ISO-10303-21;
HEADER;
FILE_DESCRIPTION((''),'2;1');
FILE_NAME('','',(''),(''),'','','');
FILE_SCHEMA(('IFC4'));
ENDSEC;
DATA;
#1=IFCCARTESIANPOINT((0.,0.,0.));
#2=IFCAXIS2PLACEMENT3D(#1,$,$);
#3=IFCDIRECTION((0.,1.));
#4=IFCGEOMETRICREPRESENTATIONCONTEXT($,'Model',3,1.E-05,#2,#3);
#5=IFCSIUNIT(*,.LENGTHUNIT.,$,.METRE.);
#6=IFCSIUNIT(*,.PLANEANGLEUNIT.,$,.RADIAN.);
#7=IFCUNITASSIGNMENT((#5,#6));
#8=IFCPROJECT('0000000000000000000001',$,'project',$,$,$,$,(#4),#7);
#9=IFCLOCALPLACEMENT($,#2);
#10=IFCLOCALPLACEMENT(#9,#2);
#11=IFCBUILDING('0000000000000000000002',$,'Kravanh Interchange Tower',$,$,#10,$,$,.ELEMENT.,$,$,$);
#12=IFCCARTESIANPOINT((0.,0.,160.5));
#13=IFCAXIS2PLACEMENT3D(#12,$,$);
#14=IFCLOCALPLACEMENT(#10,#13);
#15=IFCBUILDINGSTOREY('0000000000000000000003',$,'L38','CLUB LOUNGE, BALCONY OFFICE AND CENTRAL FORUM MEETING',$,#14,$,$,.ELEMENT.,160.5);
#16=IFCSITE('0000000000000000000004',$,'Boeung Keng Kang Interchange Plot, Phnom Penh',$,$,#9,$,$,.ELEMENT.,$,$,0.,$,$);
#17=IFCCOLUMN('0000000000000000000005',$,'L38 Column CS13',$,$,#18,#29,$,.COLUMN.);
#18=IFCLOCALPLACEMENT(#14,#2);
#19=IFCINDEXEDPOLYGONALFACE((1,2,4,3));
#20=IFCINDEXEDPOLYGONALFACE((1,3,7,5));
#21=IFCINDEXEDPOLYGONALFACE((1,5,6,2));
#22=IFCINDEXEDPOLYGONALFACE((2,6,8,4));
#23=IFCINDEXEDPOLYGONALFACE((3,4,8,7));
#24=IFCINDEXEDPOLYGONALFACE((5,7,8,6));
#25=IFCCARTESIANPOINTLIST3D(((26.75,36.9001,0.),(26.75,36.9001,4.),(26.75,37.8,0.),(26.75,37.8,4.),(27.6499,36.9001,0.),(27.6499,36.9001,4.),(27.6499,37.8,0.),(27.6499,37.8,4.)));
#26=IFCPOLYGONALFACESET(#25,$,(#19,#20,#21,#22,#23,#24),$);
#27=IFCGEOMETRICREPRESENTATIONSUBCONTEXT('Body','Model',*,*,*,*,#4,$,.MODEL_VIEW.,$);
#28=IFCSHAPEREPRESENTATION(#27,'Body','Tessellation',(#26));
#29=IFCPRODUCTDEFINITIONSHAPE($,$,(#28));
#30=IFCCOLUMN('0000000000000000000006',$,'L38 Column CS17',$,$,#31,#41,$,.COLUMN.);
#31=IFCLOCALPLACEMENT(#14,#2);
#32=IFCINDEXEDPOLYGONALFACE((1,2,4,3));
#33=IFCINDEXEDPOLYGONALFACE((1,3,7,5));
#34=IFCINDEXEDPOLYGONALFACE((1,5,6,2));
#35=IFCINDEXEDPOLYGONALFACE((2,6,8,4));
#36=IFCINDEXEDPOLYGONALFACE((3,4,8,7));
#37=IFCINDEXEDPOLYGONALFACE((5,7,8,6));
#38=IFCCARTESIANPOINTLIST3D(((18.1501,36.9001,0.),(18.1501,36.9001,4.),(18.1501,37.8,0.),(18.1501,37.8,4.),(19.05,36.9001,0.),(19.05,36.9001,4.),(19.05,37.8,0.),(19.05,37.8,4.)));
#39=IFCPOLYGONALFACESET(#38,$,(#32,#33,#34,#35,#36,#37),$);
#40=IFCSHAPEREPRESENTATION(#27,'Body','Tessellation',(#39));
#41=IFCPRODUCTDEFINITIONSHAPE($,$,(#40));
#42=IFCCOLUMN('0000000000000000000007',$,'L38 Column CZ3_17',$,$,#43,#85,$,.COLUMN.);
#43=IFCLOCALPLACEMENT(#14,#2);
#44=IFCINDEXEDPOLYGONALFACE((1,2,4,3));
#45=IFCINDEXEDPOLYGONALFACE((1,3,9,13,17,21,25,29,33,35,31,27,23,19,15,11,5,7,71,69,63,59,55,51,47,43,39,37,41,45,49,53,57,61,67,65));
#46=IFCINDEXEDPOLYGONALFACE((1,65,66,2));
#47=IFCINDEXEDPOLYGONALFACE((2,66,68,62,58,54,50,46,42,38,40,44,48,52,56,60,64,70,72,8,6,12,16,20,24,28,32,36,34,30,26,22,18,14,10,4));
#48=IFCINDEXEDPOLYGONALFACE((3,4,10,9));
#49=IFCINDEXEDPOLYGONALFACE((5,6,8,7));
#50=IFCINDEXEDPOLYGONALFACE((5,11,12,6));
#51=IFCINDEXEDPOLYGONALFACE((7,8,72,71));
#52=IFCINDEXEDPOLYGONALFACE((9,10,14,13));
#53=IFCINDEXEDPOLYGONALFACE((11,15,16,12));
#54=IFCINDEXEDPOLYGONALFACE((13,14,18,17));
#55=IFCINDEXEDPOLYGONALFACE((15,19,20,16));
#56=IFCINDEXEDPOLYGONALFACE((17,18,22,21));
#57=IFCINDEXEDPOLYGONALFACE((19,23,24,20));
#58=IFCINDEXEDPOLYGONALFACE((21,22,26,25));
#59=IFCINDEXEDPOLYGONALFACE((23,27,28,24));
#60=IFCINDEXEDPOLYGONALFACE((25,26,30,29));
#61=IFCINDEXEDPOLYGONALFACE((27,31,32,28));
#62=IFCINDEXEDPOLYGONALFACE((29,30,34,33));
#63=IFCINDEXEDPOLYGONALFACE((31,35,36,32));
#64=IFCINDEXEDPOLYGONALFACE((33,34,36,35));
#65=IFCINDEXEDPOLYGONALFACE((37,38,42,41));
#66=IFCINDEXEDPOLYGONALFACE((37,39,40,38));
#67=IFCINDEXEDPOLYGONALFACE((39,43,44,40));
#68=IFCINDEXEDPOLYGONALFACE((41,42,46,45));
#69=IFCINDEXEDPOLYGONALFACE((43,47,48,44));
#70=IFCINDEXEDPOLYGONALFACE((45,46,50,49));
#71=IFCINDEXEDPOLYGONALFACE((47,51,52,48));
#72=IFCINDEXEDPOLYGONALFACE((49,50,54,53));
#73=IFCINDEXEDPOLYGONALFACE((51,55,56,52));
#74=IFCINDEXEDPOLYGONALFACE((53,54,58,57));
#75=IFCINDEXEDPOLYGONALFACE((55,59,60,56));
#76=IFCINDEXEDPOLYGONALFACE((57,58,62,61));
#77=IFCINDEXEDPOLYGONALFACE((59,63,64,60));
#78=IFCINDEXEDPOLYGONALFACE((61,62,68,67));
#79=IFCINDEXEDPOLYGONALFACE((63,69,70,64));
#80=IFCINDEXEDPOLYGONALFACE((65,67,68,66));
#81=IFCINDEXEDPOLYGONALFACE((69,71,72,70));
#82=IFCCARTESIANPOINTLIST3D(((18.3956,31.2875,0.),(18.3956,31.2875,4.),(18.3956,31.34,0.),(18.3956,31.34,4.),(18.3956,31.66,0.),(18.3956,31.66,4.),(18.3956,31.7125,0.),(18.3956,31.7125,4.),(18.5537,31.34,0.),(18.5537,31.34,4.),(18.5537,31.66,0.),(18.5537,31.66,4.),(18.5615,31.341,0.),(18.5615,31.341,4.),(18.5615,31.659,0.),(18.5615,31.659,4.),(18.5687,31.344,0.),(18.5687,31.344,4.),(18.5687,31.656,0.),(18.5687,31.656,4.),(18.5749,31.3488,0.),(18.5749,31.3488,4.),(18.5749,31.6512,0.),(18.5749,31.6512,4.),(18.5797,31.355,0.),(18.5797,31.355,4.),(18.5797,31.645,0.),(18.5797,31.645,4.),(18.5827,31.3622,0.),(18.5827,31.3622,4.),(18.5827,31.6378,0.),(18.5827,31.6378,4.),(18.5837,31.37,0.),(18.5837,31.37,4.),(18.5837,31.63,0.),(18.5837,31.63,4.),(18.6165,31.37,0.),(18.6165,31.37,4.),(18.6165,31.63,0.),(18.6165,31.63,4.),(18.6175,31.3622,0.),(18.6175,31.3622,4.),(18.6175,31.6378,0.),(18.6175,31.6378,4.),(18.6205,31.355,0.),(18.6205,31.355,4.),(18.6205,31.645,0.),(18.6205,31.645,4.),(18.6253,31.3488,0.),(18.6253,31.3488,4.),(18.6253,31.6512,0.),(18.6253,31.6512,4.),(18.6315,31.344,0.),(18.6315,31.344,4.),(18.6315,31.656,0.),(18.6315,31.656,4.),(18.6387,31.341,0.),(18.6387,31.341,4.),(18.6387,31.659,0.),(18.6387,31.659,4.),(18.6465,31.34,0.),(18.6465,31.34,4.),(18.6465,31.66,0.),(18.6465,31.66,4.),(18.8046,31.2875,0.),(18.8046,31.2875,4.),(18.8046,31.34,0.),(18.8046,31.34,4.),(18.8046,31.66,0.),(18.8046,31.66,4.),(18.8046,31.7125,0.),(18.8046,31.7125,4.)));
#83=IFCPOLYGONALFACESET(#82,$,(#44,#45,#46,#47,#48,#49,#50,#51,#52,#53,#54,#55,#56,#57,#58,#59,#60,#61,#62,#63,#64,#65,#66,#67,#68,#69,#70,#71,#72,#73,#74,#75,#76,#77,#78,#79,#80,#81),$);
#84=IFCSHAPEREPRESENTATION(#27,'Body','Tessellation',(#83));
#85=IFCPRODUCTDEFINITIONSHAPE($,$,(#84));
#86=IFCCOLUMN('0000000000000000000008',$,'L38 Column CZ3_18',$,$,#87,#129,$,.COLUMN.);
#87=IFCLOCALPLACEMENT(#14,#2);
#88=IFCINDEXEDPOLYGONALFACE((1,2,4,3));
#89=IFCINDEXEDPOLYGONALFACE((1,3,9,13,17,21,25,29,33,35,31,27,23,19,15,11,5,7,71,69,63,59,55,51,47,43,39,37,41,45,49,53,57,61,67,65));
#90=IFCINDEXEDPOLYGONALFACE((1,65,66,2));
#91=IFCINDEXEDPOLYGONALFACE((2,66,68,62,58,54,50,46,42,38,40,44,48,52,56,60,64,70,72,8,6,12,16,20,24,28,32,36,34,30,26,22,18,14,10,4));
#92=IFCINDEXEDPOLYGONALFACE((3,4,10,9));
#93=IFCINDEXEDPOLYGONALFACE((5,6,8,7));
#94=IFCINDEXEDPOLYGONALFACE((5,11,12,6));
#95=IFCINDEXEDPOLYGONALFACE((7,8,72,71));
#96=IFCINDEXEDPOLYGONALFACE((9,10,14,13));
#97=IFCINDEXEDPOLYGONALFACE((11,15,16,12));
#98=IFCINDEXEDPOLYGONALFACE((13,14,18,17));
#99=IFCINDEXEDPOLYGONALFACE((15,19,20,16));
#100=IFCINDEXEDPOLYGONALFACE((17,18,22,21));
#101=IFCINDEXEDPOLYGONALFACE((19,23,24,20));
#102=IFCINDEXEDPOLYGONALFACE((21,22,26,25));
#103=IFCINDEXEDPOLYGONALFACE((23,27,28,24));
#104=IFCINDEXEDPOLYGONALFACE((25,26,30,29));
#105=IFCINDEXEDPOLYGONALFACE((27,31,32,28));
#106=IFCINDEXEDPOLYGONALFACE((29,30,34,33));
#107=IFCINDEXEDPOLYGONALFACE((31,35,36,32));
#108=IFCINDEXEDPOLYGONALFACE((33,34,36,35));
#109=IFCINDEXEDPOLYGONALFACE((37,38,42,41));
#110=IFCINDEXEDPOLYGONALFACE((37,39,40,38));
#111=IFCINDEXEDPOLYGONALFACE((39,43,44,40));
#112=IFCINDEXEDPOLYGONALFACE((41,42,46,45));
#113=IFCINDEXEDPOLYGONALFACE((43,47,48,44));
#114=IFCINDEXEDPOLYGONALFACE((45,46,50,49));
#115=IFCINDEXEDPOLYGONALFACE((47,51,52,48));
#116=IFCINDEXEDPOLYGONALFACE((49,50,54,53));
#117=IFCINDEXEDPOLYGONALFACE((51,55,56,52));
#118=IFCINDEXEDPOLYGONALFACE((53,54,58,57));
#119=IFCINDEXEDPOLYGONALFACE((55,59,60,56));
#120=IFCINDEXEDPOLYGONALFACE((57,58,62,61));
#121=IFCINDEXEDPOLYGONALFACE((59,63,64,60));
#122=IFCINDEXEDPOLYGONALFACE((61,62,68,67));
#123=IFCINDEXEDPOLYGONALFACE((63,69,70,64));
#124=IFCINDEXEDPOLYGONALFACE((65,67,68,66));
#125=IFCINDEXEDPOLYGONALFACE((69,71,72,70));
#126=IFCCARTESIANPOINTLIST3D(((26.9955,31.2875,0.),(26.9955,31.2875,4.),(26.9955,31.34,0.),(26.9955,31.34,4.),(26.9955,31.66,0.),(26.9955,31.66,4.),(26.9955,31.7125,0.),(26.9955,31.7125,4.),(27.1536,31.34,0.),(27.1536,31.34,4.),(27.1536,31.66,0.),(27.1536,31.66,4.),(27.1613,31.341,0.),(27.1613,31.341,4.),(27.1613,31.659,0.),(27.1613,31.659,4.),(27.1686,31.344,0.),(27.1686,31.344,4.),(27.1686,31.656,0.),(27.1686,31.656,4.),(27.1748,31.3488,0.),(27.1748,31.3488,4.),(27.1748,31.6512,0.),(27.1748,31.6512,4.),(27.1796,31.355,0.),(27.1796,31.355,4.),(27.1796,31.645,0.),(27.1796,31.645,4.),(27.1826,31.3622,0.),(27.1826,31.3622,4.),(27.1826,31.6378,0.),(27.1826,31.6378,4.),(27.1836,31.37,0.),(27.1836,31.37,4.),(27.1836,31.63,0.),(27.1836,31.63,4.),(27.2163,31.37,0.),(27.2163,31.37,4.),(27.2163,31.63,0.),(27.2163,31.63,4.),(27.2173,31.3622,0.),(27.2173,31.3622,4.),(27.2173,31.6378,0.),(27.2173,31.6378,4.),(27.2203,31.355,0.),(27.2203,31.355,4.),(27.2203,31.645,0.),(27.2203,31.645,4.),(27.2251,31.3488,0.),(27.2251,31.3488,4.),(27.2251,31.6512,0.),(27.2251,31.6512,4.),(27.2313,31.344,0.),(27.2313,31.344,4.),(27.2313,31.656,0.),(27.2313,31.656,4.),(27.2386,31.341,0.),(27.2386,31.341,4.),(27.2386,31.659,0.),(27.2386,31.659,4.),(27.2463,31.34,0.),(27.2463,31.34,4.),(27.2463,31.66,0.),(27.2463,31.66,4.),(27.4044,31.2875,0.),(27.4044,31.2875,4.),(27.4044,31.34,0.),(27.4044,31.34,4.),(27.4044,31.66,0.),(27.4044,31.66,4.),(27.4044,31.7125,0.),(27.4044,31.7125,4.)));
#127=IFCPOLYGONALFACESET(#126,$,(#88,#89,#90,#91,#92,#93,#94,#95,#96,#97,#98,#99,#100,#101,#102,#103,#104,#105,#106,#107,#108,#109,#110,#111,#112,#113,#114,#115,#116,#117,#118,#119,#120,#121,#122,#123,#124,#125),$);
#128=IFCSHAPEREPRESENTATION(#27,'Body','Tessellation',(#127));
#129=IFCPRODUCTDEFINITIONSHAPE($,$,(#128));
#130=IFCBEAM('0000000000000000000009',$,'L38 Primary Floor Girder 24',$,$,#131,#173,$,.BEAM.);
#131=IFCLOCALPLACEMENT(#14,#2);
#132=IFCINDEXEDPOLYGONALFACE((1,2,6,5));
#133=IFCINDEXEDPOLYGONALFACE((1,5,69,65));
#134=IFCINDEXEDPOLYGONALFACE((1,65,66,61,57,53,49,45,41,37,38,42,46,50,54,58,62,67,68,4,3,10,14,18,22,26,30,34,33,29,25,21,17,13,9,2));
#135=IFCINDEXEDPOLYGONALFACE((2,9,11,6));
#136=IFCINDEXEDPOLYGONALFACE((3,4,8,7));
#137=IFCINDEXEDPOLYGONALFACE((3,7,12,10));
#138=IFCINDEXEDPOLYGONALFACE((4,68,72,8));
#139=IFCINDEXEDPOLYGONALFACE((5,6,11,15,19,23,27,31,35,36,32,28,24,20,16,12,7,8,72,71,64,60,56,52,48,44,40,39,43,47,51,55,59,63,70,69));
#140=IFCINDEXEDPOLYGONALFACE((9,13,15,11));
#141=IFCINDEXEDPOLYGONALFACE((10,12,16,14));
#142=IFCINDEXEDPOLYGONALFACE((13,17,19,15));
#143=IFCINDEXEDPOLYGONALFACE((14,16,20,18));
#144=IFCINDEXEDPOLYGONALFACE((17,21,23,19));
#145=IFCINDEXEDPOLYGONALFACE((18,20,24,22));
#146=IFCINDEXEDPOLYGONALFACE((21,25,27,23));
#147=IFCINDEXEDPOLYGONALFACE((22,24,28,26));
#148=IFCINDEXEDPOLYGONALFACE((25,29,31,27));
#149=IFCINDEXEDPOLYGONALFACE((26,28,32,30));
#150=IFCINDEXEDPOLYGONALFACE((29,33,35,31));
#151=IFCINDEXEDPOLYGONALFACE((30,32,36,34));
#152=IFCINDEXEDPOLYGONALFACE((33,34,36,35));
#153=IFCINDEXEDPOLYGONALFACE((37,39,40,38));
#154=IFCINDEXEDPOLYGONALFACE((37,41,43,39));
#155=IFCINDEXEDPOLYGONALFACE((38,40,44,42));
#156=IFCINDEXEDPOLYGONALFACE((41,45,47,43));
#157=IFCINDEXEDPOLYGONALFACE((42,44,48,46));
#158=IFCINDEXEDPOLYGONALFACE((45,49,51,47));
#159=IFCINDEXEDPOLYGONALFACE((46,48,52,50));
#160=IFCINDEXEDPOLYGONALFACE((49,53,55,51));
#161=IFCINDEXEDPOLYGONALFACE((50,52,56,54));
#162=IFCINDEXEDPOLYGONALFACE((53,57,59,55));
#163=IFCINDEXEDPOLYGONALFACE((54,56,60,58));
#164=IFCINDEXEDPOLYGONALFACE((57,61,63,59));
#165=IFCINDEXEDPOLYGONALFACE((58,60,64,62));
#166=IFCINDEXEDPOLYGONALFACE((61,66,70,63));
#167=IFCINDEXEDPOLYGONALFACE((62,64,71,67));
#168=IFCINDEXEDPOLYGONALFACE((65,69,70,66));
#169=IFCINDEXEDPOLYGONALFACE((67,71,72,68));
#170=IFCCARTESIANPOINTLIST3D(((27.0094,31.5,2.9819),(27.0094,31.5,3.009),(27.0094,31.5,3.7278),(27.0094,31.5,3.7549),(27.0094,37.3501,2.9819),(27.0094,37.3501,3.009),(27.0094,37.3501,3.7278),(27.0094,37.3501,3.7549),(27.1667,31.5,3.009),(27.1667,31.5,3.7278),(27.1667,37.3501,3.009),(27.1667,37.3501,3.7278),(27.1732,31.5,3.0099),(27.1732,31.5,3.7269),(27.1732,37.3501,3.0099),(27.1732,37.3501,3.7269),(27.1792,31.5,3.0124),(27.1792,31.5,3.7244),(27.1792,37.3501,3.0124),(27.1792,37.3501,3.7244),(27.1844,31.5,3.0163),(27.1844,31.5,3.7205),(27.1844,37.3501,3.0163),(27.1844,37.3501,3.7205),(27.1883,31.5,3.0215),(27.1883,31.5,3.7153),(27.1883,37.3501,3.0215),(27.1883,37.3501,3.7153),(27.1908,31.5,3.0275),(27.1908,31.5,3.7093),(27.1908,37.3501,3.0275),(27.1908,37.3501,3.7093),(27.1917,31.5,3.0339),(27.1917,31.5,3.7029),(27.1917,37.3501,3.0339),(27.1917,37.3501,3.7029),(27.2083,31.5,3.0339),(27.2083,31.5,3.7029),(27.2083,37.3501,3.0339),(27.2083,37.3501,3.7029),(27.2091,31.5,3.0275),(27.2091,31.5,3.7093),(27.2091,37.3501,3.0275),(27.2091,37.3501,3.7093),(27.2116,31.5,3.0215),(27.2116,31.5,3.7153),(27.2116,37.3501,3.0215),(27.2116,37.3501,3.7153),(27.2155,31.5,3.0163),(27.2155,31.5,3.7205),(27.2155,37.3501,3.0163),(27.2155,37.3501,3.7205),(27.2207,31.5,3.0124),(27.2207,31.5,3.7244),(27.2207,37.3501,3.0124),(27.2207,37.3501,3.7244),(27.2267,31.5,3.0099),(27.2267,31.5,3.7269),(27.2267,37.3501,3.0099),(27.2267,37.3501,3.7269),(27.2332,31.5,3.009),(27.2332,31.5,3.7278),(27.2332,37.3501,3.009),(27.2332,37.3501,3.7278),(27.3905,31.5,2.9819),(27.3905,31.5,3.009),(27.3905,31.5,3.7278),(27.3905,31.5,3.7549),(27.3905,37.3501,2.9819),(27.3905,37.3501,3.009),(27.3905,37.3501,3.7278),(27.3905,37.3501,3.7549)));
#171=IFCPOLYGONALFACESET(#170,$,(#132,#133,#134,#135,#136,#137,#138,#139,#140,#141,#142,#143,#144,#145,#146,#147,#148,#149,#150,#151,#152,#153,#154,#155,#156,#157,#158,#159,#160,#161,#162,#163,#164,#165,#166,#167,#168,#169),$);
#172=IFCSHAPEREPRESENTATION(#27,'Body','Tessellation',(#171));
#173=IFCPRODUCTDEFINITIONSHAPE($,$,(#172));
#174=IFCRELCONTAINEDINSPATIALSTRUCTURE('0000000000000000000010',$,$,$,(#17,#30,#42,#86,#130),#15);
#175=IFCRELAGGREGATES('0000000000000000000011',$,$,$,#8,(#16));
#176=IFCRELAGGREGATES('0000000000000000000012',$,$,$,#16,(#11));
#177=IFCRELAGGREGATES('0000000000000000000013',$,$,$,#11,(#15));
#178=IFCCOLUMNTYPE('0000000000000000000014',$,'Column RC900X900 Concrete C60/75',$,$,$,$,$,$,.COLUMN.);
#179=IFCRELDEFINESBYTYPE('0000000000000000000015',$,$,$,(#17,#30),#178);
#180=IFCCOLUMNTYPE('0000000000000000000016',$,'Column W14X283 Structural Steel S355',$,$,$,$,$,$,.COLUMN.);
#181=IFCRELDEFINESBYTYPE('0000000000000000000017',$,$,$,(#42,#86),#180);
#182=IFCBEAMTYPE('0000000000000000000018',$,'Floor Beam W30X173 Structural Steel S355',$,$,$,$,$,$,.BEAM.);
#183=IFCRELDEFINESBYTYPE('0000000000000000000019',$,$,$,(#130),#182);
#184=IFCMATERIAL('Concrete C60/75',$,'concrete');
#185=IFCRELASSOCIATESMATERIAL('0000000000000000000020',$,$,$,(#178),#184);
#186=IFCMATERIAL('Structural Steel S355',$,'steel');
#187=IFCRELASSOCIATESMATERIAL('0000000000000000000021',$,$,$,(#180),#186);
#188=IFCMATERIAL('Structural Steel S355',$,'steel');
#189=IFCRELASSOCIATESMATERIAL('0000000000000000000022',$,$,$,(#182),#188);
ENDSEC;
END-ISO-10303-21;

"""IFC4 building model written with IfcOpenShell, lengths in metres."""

from ifc_helpers import new_model, si_unit, direction, frame, origin, origin_2d, place, context, subcontext, project, spatial, rectangle, i_section, extrude, material, material_profile, profile_set, type_object, element, save


model = new_model("IFC4")

# Units and contexts
model_context = context("Model", 3, precision=1e-05, world=origin(), true_north=direction((0.0, 1.0)))
body_context = subcontext(model_context, "Body", "Model", "MODEL_VIEW")
ifc_project = project(units=[si_unit("LENGTHUNIT", "METRE"), si_unit("PLANEANGLEUNIT", "RADIAN")], contexts=[model_context])

# Site, building, storey
site_placement = place(None, origin())
site = spatial("IfcSite", under=ifc_project, at=site_placement, Name="Boeung Keng Kang Interchange Plot, Phnom Penh", CompositionType="ELEMENT", RefElevation=0.0)
building_placement = place(site_placement, origin())
building = spatial("IfcBuilding", under=site, at=building_placement, Name="Kravanh Interchange Tower", CompositionType="ELEMENT")
storey_placement = place(building_placement, frame((0.0, 0.0, 160.5)))
storey = spatial("IfcBuildingStorey", under=building, at=storey_placement, Name="L38", Description="CLUB LOUNGE, BALCONY OFFICE AND CENTRAL FORUM MEETING", CompositionType="ELEMENT", Elevation=160.5)

# Columns
ifc_material_1 = material(Name="Concrete C60/75", Category="concrete")
ifc_material_profile_1 = material_profile(ifc_material_1, rectangle(XDim=0.8999, YDim=0.8999, at=origin_2d()), Name="RC900X900")
ifc_profile_set_1 = profile_set([ifc_material_profile_1], Name="Concrete C60/75")
column_type_1 = type_object("IfcColumnType", Name="Column RC900X900 Concrete C60/75", PredefinedType="COLUMN", material=ifc_profile_set_1)
for number, where, z_axis, x_axis, name in (
    (1, (27.2, 37.3501, 0.0), (0.0, 0.0, 1.0), (1.0, 0.0, 0.0), "L38 Column CS13"),
    (2, (18.6001, 37.3501, 0.0), (0.0, 0.0, 1.0), (1.0, 0.0, 0.0), "L38 Column CS17"),
):
    element("IfcColumn", number, at=place(storey_placement, frame(where, z_axis=z_axis, x_axis=x_axis)), inside=storey, type_object=column_type_1, Name=name, PredefinedType="COLUMN", context=body_context, shape_type="SweptSolid", body=[
        extrude(rectangle(XDim=0.8999, YDim=0.8999, at=origin_2d()), origin(), (0.0, 0.0, 1.0), 4.0),
    ])
ifc_material_2 = material(Name="Structural Steel S355", Category="steel")
ifc_material_profile_2 = material_profile(ifc_material_2, i_section(OverallWidth=0.4089, OverallDepth=0.425, WebThickness=0.0327, FlangeThickness=0.0525, FilletRadius=0.03, at=origin_2d()), Name="W14X283")
ifc_profile_set_2 = profile_set([ifc_material_profile_2], Name="Structural Steel S355")
column_type_2 = type_object("IfcColumnType", Name="Column W14X283 Structural Steel S355", PredefinedType="COLUMN", material=ifc_profile_set_2)
for number, where, z_axis, x_axis, name in (
    (3, (18.6001, 31.5, 0.0), (0.0, 0.0, 1.0), (1.0, 0.0, 0.0), "L38 Column CZ3_17"),
    (4, (27.2, 31.5, 0.0), (0.0, 0.0, 1.0), (1.0, 0.0, 0.0), "L38 Column CZ3_18"),
):
    element("IfcColumn", number, at=place(storey_placement, frame(where, z_axis=z_axis, x_axis=x_axis)), inside=storey, type_object=column_type_2, Name=name, PredefinedType="COLUMN", context=body_context, shape_type="SweptSolid", body=[
        extrude(i_section(OverallWidth=0.4089, OverallDepth=0.425, WebThickness=0.0327, FlangeThickness=0.0525, FilletRadius=0.03, at=origin_2d()), origin(), (0.0, 0.0, 1.0), 4.0),
    ])

# Beam
ifc_material_3 = material(Name="Structural Steel S355", Category="steel")
ifc_material_profile_3 = material_profile(ifc_material_3, i_section(OverallWidth=0.3811, OverallDepth=0.7729, WebThickness=0.0166, FlangeThickness=0.0271, FilletRadius=0.0249, at=origin_2d()), Name="W30X173")
ifc_profile_set_3 = profile_set([ifc_material_profile_3], Name="Structural Steel S355")
beam_type_1 = type_object("IfcBeamType", Name="Floor Beam W30X173 Structural Steel S355", PredefinedType="BEAM", material=ifc_profile_set_3)
beam_1_placement = place(storey_placement, frame((27.2, 37.3501, 3.3684), z_axis=(0.0, -1.0, 0.0), x_axis=(1.0, 0.0, 0.0)))
element("IfcBeam", 5, at=beam_1_placement, inside=storey, type_object=beam_type_1, Name="L38 Primary Floor Girder 24", PredefinedType="BEAM", context=body_context, shape_type="SweptSolid", body=[
    extrude(i_section(OverallWidth=0.3811, OverallDepth=0.7729, WebThickness=0.0166, FlangeThickness=0.0271, FilletRadius=0.0249, at=origin_2d()), origin(), (0.0, 0.0, 1.0), 5.8501),
])

save(model, "model.ifc")
